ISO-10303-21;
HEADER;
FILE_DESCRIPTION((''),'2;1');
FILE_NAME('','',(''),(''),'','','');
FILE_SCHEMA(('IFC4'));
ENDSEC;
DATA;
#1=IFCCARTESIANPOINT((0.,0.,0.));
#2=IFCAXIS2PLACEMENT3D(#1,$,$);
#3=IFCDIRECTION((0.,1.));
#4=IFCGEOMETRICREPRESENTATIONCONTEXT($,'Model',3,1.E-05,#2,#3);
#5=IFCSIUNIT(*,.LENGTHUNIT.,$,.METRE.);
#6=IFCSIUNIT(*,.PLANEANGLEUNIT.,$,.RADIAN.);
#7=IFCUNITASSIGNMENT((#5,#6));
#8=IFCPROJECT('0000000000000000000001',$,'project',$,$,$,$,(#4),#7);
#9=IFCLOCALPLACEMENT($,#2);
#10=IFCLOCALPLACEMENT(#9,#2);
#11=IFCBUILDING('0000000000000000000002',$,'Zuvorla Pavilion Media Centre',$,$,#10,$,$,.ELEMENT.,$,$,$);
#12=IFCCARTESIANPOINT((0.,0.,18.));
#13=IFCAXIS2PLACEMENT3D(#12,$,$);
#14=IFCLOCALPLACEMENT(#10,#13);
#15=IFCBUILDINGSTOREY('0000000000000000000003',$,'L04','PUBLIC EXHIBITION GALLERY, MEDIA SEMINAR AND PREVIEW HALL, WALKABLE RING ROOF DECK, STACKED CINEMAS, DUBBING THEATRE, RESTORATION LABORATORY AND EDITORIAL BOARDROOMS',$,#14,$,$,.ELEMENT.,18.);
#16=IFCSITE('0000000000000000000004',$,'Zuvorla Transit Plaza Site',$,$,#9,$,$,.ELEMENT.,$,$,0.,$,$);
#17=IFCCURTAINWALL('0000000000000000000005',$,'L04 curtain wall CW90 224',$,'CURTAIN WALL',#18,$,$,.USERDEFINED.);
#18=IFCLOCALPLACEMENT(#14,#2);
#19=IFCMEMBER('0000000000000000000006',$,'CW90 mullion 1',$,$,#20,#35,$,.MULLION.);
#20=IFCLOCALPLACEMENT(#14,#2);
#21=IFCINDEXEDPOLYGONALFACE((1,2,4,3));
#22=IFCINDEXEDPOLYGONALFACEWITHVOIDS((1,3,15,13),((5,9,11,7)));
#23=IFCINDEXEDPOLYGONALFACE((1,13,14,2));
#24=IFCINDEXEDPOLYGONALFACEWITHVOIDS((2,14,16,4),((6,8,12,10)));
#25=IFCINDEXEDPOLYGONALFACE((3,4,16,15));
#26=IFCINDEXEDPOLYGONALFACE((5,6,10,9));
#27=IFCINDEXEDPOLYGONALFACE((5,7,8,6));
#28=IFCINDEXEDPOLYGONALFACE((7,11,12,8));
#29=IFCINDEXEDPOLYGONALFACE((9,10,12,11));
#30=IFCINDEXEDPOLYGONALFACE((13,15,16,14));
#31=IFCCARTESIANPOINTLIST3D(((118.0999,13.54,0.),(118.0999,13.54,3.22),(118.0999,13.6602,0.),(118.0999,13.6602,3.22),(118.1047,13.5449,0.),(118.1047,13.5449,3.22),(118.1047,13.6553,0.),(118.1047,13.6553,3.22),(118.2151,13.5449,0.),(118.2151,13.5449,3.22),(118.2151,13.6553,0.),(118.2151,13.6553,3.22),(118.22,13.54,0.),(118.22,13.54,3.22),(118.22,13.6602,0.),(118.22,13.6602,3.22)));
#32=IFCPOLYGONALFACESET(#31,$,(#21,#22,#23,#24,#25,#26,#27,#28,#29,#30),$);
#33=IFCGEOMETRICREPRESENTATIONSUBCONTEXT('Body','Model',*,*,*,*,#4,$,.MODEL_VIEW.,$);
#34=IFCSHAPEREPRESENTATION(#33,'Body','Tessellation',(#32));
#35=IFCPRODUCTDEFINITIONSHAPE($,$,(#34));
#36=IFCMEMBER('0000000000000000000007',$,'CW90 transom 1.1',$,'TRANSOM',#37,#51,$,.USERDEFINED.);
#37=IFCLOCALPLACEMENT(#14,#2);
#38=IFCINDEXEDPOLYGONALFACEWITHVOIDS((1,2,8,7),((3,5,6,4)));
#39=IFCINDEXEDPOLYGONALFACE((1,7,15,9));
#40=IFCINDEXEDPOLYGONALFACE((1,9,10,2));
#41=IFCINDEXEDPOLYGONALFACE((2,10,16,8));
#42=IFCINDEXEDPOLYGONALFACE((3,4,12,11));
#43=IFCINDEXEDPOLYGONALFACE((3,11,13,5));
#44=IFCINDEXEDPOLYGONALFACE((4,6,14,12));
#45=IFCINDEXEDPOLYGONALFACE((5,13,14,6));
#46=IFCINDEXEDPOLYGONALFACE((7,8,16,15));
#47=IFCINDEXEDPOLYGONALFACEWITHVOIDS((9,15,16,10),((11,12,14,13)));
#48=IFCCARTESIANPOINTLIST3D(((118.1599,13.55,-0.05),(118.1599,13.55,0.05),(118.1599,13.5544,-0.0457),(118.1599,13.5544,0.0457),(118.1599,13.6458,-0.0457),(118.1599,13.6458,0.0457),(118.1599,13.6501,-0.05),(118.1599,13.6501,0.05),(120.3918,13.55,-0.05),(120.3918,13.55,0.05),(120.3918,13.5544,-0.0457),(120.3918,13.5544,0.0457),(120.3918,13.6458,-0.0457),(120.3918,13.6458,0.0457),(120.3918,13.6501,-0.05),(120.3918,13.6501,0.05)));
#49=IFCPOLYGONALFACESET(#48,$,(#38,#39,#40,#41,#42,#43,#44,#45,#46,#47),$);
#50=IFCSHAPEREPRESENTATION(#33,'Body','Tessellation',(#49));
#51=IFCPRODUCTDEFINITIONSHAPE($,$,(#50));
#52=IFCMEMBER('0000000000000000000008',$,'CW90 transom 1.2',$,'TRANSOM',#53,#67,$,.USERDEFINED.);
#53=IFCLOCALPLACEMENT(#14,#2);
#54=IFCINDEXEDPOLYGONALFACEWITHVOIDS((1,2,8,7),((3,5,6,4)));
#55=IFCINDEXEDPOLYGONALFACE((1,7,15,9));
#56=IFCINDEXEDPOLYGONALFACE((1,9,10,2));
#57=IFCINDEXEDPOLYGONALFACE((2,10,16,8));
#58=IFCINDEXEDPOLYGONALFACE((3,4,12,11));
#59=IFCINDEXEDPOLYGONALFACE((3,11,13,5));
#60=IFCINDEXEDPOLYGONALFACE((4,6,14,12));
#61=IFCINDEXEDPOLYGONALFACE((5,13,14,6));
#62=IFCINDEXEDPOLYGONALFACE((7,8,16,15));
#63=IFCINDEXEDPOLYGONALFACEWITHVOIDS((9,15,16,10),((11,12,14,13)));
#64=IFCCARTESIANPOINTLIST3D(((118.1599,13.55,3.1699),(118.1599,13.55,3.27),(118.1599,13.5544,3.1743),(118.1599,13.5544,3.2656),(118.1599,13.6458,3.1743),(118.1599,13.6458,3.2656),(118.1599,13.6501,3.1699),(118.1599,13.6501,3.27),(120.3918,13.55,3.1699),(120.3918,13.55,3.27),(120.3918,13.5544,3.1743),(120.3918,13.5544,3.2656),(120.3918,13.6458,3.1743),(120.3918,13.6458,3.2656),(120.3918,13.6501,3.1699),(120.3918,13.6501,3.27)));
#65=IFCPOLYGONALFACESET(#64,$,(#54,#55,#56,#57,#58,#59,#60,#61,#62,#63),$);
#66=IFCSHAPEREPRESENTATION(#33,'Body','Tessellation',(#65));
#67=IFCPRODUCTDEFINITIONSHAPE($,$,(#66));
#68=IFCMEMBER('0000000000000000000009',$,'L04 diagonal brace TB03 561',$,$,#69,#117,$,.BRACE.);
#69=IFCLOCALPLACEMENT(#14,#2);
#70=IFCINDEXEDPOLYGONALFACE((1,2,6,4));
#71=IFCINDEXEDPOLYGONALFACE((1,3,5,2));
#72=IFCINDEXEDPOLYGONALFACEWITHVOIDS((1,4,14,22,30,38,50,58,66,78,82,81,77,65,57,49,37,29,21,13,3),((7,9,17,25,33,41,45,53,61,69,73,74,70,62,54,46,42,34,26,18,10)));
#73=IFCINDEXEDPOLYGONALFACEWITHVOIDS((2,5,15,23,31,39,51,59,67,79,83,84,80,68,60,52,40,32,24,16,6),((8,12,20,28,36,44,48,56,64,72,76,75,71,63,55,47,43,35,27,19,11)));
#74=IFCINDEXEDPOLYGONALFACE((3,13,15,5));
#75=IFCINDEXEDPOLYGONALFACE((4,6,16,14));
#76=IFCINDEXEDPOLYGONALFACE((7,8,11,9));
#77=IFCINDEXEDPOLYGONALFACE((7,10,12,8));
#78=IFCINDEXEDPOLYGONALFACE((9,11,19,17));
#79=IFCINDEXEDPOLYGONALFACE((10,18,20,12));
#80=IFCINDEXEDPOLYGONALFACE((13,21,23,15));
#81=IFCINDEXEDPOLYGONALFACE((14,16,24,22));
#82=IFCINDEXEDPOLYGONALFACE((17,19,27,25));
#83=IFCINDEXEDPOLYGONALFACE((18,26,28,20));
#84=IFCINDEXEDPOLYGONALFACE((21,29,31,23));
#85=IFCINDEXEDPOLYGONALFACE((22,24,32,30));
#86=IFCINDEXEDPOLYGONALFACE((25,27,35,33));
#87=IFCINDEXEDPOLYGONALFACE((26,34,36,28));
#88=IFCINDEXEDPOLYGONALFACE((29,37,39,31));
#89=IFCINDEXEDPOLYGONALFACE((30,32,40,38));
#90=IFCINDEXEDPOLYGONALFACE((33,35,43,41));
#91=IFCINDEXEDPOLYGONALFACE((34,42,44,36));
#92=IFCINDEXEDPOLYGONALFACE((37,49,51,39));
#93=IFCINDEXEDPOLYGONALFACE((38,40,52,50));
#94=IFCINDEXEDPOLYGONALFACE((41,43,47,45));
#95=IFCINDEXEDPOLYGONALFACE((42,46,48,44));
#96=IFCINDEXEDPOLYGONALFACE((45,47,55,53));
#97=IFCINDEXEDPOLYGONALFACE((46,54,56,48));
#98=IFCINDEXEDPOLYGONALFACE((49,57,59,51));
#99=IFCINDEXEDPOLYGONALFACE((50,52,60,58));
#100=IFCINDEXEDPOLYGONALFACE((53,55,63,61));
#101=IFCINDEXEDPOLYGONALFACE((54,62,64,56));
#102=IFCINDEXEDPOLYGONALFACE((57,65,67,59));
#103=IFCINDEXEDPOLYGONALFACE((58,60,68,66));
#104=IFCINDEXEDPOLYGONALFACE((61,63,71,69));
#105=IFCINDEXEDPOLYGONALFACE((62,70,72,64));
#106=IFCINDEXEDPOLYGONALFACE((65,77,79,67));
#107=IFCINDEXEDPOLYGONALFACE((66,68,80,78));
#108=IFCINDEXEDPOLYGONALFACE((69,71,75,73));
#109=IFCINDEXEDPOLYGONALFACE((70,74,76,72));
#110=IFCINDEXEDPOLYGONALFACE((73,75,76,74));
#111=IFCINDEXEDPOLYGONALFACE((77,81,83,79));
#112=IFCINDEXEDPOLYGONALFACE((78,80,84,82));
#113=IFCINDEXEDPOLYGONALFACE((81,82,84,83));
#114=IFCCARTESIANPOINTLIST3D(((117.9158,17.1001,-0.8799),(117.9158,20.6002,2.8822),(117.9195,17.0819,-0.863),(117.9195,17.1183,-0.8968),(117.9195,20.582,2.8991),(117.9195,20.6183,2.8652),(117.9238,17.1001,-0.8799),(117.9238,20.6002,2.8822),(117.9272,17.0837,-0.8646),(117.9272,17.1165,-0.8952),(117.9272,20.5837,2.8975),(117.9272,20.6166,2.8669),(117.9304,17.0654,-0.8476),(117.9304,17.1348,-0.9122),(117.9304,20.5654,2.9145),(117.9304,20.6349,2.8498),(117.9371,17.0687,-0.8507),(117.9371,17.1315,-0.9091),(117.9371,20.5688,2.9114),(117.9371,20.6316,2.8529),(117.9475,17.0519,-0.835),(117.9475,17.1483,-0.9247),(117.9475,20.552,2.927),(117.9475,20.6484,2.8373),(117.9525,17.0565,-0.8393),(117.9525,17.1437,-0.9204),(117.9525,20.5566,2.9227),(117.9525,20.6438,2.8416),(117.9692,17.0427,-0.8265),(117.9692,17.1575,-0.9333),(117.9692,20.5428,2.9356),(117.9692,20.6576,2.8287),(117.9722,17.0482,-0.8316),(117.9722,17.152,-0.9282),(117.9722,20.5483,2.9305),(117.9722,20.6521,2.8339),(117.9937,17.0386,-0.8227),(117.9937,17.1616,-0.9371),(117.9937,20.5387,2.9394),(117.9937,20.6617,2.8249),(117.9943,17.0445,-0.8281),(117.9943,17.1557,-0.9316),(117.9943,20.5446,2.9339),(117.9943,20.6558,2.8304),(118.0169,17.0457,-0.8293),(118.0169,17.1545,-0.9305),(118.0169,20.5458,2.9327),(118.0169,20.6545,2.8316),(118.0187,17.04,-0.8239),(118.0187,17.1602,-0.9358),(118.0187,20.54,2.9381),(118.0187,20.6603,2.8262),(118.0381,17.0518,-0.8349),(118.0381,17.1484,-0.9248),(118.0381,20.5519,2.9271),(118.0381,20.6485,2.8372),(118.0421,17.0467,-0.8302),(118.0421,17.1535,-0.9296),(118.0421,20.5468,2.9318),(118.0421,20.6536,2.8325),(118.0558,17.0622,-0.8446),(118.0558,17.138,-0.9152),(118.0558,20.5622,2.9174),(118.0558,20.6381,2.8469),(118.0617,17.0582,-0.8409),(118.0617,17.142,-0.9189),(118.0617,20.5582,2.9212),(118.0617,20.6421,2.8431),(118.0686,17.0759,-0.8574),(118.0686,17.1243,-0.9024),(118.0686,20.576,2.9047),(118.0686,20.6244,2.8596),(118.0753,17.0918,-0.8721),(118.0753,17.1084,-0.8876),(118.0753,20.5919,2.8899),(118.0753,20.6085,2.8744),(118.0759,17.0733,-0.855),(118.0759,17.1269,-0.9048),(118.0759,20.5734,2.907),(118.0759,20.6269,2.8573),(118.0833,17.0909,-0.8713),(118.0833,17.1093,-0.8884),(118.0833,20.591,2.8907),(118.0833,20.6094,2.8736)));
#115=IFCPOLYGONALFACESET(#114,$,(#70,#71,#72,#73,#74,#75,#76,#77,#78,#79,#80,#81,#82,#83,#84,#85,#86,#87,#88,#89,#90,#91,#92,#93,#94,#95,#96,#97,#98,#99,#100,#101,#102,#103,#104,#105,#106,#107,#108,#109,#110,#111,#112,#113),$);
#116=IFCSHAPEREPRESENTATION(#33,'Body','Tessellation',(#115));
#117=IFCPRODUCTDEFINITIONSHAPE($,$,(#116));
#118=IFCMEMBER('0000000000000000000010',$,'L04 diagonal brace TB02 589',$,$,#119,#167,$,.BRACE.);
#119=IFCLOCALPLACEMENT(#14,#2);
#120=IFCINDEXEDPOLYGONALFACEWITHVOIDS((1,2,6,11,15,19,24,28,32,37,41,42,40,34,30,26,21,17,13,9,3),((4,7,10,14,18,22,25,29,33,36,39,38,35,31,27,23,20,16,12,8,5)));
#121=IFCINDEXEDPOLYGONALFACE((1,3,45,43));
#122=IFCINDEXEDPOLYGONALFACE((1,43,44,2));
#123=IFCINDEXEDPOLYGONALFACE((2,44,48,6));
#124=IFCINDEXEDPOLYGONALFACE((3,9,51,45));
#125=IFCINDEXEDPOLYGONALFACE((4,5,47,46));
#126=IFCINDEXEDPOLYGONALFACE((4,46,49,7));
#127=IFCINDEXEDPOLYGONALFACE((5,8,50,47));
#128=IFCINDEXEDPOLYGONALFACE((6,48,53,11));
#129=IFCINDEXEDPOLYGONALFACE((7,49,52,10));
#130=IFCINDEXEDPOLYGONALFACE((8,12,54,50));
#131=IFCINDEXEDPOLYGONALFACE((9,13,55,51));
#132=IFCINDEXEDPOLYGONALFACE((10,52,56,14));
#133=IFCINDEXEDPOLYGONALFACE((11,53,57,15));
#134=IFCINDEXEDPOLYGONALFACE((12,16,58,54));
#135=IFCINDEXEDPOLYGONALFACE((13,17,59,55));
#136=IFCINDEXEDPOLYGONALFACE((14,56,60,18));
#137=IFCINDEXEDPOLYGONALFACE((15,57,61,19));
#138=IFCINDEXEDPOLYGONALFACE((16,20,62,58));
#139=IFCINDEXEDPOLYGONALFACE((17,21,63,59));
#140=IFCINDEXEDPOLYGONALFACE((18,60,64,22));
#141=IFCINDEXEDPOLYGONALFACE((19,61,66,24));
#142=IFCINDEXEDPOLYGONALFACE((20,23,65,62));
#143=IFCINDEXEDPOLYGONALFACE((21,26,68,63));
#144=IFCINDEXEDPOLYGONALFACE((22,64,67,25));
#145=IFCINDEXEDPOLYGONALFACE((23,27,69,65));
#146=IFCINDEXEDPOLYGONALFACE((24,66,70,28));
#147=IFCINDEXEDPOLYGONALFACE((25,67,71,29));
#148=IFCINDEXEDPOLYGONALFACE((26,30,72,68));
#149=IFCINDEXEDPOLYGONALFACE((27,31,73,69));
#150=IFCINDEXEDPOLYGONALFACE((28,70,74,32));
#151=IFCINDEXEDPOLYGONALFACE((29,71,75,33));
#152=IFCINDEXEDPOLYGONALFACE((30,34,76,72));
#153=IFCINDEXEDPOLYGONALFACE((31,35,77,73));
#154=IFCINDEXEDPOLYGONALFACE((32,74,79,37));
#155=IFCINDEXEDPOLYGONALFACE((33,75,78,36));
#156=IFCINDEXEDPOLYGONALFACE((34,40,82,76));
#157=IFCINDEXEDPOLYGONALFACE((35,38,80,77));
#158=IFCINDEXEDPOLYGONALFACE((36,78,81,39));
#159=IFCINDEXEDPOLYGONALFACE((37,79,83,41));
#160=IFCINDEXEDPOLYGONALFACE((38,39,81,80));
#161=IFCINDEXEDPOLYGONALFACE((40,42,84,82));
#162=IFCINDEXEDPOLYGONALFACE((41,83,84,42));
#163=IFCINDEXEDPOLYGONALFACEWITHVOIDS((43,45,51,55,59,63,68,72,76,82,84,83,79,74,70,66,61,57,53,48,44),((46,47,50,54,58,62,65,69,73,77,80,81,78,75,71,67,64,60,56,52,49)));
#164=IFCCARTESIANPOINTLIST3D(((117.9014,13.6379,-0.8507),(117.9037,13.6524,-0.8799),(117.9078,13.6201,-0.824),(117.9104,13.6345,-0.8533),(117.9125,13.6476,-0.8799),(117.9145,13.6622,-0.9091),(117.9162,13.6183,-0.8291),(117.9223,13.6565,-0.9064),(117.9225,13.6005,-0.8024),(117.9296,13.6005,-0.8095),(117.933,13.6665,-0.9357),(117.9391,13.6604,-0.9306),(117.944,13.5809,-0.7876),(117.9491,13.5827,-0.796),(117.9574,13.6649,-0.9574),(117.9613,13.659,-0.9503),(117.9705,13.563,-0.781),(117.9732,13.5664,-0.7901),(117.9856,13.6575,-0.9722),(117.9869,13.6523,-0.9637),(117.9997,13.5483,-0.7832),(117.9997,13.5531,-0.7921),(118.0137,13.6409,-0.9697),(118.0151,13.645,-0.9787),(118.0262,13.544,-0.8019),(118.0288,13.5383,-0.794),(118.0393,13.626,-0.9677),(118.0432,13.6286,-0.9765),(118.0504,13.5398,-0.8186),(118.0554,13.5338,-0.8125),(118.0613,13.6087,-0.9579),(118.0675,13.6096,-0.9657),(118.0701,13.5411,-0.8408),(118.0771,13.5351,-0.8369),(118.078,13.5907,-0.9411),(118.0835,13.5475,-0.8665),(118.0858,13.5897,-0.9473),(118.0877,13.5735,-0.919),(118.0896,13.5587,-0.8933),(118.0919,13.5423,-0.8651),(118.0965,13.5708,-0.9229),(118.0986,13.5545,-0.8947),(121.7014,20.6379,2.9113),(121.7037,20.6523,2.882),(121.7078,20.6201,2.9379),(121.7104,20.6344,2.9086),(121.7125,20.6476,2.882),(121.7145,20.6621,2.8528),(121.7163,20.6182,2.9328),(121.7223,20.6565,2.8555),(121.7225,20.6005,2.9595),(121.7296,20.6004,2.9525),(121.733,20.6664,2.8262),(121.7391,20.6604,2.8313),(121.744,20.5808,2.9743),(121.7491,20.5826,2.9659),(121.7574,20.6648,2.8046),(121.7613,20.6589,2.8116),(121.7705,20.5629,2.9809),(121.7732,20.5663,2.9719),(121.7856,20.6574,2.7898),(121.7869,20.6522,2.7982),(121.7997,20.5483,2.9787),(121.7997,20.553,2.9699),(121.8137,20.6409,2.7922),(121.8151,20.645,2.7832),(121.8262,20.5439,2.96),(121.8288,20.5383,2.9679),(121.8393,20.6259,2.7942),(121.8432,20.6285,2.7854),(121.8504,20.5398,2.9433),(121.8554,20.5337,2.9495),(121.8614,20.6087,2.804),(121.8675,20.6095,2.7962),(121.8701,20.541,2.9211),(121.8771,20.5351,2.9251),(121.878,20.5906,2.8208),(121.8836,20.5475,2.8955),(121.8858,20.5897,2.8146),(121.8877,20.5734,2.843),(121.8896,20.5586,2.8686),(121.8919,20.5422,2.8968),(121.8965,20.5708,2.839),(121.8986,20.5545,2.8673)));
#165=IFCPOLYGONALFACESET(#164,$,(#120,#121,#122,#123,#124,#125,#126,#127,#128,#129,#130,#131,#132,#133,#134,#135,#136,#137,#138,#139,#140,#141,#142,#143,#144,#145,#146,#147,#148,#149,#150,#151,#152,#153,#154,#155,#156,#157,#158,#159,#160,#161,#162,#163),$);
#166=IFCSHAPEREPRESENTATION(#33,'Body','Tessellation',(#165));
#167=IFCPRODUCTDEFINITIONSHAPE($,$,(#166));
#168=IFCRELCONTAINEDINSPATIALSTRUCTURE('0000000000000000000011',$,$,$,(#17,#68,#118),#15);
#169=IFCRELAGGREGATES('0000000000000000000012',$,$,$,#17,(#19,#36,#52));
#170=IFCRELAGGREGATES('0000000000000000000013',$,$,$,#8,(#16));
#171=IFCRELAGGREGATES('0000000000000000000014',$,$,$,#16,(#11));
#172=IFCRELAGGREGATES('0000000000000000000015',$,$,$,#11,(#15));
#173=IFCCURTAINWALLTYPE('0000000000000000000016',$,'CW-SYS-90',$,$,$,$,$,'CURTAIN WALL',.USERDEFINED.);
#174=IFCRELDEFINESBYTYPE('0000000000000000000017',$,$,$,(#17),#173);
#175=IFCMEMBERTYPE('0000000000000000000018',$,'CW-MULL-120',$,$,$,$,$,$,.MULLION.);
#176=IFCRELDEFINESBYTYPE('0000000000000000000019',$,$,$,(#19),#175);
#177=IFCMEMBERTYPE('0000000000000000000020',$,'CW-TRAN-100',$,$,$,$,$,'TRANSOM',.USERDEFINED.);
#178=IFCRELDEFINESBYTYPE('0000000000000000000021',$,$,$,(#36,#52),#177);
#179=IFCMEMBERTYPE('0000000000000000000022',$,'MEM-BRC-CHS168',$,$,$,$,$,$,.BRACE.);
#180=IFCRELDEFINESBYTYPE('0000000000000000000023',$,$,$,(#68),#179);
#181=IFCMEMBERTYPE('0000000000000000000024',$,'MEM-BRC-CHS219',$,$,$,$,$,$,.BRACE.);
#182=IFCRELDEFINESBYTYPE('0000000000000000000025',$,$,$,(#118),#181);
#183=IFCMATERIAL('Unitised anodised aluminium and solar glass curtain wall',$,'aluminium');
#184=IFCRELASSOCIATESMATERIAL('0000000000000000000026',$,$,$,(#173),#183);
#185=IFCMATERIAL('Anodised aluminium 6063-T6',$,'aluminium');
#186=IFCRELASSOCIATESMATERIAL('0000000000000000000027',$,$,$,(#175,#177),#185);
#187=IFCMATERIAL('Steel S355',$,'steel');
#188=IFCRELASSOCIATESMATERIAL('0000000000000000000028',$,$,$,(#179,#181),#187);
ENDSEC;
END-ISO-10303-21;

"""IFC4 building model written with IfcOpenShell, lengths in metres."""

from ifc_helpers import new_model, si_unit, direction, frame, origin, origin_2d, place, context, subcontext, project, spatial, hollow_rectangle, hollow_circle, extrude, material, material_profile, profile_set, type_object, element, aggregate, save


model = new_model("IFC4")

# Units and contexts
model_context = context("Model", 3, precision=1e-05, world=origin(), true_north=direction((0.0, 1.0)))
body_context = subcontext(model_context, "Body", "Model", "MODEL_VIEW")
ifc_project = project(units=[si_unit("LENGTHUNIT", "METRE"), si_unit("PLANEANGLEUNIT", "RADIAN")], contexts=[model_context])

# Site, building, storey
site_placement = place(None, origin())
site = spatial("IfcSite", under=ifc_project, at=site_placement, Name="Zuvorla Transit Plaza Site", CompositionType="ELEMENT", RefElevation=0.0)
building_placement = place(site_placement, origin())
building = spatial("IfcBuilding", under=site, at=building_placement, Name="Zuvorla Pavilion Media Centre", CompositionType="ELEMENT")
storey_placement = place(building_placement, frame((0.0, 0.0, 18.0)))
storey = spatial("IfcBuildingStorey", under=building, at=storey_placement, Name="L04", Description="PUBLIC EXHIBITION GALLERY, MEDIA SEMINAR AND PREVIEW HALL, WALKABLE RING ROOF DECK, STACKED CINEMAS, DUBBING THEATRE, RESTORATION LABORATORY AND EDITORIAL BOARDROOMS", CompositionType="ELEMENT", Elevation=18.0)

# Curtain wall, members
ifc_material_1 = material(Name="Unitised anodised aluminium and solar glass curtain wall", Category="aluminium")
curtain_wall_type = type_object("IfcCurtainWallType", Name="CW-SYS-90", ElementType="CURTAIN WALL", PredefinedType="USERDEFINED", material=ifc_material_1)
curtain_wall_placement = place(storey_placement, origin())
curtain_wall = element("IfcCurtainWall", 1, at=curtain_wall_placement, inside=storey, type_object=curtain_wall_type, Name="L04 curtain wall CW90 224", ObjectType="CURTAIN WALL", PredefinedType="USERDEFINED")
ifc_material_2 = material(Name="Anodised aluminium 6063-T6", Category="aluminium")
ifc_material_profile_1 = material_profile(ifc_material_2, hollow_rectangle(XDim=0.1201, YDim=0.1201, WallThickness=0.0049, at=origin_2d()), Name="ALU MULL 120x120")
ifc_profile_set_1 = profile_set([ifc_material_profile_1], Name="Anodised aluminium 6063-T6")
member_type_1 = type_object("IfcMemberType", Name="CW-MULL-120", PredefinedType="MULLION", material=ifc_profile_set_1)
member_1_placement = place(storey_placement, frame((118.1599, 13.6001, 0.0), z_axis=(0.0, 0.0, 1.0), x_axis=(1.0, 0.0, 0.0)))
member_1 = element("IfcMember", 2, at=member_1_placement, type_object=member_type_1, Name="CW90 mullion 1", PredefinedType="MULLION", context=body_context, shape_type="SweptSolid", body=[
    extrude(hollow_rectangle(XDim=0.1201, YDim=0.1201, WallThickness=0.0049, at=origin_2d()), origin(), (0.0, 0.0, 1.0), 3.22),
])
ifc_material_profile_2 = material_profile(ifc_material_2, hollow_rectangle(XDim=0.1001, YDim=0.1001, WallThickness=0.0044, at=origin_2d()), Name="ALU TRAN 100x100")
ifc_profile_set_2 = profile_set([ifc_material_profile_2], Name="Anodised aluminium 6063-T6")
member_type_2 = type_object("IfcMemberType", Name="CW-TRAN-100", ElementType="TRANSOM", PredefinedType="USERDEFINED", material=ifc_profile_set_2)
member_2_placement = place(storey_placement, frame((118.1599, 13.6001, 0.0), z_axis=(1.0, 0.0, 0.0), x_axis=(0.0, 1.0, 0.0)))
member_2 = element("IfcMember", 3, at=member_2_placement, type_object=member_type_2, Name="CW90 transom 1.1", ObjectType="TRANSOM", PredefinedType="USERDEFINED", context=body_context, shape_type="SweptSolid", body=[
    extrude(hollow_rectangle(XDim=0.1001, YDim=0.1001, WallThickness=0.0044, at=origin_2d()), origin(), (0.0, 0.0, 1.0), 2.2319),
])
member_3_placement = place(storey_placement, frame((118.1599, 13.6001, 3.22), z_axis=(1.0, 0.0, 0.0), x_axis=(0.0, 1.0, 0.0)))
member_3 = element("IfcMember", 4, at=member_3_placement, type_object=member_type_2, Name="CW90 transom 1.2", ObjectType="TRANSOM", PredefinedType="USERDEFINED", context=body_context, shape_type="SweptSolid", body=[
    extrude(hollow_rectangle(XDim=0.1001, YDim=0.1001, WallThickness=0.0044, at=origin_2d()), origin(), (0.0, 0.0, 1.0), 2.2319),
])

# Members
ifc_material_3 = material(Name="Steel S355", Category="steel")
ifc_material_profile_3 = material_profile(ifc_material_3, hollow_circle(Radius=0.0842, WallThickness=0.0081, at=origin_2d()), Name="CHS 168.3x8")
ifc_profile_set_3 = profile_set([ifc_material_profile_3], Name="Steel S355")
member_type_3 = type_object("IfcMemberType", Name="MEM-BRC-CHS168", PredefinedType="BRACE", material=ifc_profile_set_3)
member_4_placement = place(storey_placement, frame((118.0, 17.1001, -0.8799), z_axis=(0.0, 0.681156, 0.732138), x_axis=(-1.0, 0.0, 0.0)))
element("IfcMember", 5, at=member_4_placement, inside=storey, type_object=member_type_3, Name="L04 diagonal brace TB03 561", PredefinedType="BRACE", context=body_context, shape_type="SweptSolid", body=[
    extrude(hollow_circle(Radius=0.0842, WallThickness=0.0081, at=origin_2d()), origin(), (0.0, 0.0, 1.0), 5.1384),
])
ifc_material_profile_4 = material_profile(ifc_material_3, hollow_circle(Radius=0.1096, WallThickness=0.01, at=origin_2d()), Name="CHS 219.1x10")
ifc_profile_set_4 = profile_set([ifc_material_profile_4], Name="Steel S355")
member_type_4 = type_object("IfcMemberType", Name="MEM-BRC-CHS219", PredefinedType="BRACE", material=ifc_profile_set_4)
member_5_placement = place(storey_placement, frame((118.0, 13.6001, -0.8799), z_axis=(0.431399, 0.794671, 0.427075), x_axis=(-0.878851, 0.477097, 0.0)))
element("IfcMember", 6, at=member_5_placement, inside=storey, type_object=member_type_4, Name="L04 diagonal brace TB02 589", PredefinedType="BRACE", context=body_context, shape_type="SweptSolid", body=[
    extrude(hollow_circle(Radius=0.1096, WallThickness=0.01, at=origin_2d()), origin(), (0.0, 0.0, 1.0), 8.8086),
])

aggregate(curtain_wall, [member_1, member_2, member_3])

save(model, "model.ifc")
